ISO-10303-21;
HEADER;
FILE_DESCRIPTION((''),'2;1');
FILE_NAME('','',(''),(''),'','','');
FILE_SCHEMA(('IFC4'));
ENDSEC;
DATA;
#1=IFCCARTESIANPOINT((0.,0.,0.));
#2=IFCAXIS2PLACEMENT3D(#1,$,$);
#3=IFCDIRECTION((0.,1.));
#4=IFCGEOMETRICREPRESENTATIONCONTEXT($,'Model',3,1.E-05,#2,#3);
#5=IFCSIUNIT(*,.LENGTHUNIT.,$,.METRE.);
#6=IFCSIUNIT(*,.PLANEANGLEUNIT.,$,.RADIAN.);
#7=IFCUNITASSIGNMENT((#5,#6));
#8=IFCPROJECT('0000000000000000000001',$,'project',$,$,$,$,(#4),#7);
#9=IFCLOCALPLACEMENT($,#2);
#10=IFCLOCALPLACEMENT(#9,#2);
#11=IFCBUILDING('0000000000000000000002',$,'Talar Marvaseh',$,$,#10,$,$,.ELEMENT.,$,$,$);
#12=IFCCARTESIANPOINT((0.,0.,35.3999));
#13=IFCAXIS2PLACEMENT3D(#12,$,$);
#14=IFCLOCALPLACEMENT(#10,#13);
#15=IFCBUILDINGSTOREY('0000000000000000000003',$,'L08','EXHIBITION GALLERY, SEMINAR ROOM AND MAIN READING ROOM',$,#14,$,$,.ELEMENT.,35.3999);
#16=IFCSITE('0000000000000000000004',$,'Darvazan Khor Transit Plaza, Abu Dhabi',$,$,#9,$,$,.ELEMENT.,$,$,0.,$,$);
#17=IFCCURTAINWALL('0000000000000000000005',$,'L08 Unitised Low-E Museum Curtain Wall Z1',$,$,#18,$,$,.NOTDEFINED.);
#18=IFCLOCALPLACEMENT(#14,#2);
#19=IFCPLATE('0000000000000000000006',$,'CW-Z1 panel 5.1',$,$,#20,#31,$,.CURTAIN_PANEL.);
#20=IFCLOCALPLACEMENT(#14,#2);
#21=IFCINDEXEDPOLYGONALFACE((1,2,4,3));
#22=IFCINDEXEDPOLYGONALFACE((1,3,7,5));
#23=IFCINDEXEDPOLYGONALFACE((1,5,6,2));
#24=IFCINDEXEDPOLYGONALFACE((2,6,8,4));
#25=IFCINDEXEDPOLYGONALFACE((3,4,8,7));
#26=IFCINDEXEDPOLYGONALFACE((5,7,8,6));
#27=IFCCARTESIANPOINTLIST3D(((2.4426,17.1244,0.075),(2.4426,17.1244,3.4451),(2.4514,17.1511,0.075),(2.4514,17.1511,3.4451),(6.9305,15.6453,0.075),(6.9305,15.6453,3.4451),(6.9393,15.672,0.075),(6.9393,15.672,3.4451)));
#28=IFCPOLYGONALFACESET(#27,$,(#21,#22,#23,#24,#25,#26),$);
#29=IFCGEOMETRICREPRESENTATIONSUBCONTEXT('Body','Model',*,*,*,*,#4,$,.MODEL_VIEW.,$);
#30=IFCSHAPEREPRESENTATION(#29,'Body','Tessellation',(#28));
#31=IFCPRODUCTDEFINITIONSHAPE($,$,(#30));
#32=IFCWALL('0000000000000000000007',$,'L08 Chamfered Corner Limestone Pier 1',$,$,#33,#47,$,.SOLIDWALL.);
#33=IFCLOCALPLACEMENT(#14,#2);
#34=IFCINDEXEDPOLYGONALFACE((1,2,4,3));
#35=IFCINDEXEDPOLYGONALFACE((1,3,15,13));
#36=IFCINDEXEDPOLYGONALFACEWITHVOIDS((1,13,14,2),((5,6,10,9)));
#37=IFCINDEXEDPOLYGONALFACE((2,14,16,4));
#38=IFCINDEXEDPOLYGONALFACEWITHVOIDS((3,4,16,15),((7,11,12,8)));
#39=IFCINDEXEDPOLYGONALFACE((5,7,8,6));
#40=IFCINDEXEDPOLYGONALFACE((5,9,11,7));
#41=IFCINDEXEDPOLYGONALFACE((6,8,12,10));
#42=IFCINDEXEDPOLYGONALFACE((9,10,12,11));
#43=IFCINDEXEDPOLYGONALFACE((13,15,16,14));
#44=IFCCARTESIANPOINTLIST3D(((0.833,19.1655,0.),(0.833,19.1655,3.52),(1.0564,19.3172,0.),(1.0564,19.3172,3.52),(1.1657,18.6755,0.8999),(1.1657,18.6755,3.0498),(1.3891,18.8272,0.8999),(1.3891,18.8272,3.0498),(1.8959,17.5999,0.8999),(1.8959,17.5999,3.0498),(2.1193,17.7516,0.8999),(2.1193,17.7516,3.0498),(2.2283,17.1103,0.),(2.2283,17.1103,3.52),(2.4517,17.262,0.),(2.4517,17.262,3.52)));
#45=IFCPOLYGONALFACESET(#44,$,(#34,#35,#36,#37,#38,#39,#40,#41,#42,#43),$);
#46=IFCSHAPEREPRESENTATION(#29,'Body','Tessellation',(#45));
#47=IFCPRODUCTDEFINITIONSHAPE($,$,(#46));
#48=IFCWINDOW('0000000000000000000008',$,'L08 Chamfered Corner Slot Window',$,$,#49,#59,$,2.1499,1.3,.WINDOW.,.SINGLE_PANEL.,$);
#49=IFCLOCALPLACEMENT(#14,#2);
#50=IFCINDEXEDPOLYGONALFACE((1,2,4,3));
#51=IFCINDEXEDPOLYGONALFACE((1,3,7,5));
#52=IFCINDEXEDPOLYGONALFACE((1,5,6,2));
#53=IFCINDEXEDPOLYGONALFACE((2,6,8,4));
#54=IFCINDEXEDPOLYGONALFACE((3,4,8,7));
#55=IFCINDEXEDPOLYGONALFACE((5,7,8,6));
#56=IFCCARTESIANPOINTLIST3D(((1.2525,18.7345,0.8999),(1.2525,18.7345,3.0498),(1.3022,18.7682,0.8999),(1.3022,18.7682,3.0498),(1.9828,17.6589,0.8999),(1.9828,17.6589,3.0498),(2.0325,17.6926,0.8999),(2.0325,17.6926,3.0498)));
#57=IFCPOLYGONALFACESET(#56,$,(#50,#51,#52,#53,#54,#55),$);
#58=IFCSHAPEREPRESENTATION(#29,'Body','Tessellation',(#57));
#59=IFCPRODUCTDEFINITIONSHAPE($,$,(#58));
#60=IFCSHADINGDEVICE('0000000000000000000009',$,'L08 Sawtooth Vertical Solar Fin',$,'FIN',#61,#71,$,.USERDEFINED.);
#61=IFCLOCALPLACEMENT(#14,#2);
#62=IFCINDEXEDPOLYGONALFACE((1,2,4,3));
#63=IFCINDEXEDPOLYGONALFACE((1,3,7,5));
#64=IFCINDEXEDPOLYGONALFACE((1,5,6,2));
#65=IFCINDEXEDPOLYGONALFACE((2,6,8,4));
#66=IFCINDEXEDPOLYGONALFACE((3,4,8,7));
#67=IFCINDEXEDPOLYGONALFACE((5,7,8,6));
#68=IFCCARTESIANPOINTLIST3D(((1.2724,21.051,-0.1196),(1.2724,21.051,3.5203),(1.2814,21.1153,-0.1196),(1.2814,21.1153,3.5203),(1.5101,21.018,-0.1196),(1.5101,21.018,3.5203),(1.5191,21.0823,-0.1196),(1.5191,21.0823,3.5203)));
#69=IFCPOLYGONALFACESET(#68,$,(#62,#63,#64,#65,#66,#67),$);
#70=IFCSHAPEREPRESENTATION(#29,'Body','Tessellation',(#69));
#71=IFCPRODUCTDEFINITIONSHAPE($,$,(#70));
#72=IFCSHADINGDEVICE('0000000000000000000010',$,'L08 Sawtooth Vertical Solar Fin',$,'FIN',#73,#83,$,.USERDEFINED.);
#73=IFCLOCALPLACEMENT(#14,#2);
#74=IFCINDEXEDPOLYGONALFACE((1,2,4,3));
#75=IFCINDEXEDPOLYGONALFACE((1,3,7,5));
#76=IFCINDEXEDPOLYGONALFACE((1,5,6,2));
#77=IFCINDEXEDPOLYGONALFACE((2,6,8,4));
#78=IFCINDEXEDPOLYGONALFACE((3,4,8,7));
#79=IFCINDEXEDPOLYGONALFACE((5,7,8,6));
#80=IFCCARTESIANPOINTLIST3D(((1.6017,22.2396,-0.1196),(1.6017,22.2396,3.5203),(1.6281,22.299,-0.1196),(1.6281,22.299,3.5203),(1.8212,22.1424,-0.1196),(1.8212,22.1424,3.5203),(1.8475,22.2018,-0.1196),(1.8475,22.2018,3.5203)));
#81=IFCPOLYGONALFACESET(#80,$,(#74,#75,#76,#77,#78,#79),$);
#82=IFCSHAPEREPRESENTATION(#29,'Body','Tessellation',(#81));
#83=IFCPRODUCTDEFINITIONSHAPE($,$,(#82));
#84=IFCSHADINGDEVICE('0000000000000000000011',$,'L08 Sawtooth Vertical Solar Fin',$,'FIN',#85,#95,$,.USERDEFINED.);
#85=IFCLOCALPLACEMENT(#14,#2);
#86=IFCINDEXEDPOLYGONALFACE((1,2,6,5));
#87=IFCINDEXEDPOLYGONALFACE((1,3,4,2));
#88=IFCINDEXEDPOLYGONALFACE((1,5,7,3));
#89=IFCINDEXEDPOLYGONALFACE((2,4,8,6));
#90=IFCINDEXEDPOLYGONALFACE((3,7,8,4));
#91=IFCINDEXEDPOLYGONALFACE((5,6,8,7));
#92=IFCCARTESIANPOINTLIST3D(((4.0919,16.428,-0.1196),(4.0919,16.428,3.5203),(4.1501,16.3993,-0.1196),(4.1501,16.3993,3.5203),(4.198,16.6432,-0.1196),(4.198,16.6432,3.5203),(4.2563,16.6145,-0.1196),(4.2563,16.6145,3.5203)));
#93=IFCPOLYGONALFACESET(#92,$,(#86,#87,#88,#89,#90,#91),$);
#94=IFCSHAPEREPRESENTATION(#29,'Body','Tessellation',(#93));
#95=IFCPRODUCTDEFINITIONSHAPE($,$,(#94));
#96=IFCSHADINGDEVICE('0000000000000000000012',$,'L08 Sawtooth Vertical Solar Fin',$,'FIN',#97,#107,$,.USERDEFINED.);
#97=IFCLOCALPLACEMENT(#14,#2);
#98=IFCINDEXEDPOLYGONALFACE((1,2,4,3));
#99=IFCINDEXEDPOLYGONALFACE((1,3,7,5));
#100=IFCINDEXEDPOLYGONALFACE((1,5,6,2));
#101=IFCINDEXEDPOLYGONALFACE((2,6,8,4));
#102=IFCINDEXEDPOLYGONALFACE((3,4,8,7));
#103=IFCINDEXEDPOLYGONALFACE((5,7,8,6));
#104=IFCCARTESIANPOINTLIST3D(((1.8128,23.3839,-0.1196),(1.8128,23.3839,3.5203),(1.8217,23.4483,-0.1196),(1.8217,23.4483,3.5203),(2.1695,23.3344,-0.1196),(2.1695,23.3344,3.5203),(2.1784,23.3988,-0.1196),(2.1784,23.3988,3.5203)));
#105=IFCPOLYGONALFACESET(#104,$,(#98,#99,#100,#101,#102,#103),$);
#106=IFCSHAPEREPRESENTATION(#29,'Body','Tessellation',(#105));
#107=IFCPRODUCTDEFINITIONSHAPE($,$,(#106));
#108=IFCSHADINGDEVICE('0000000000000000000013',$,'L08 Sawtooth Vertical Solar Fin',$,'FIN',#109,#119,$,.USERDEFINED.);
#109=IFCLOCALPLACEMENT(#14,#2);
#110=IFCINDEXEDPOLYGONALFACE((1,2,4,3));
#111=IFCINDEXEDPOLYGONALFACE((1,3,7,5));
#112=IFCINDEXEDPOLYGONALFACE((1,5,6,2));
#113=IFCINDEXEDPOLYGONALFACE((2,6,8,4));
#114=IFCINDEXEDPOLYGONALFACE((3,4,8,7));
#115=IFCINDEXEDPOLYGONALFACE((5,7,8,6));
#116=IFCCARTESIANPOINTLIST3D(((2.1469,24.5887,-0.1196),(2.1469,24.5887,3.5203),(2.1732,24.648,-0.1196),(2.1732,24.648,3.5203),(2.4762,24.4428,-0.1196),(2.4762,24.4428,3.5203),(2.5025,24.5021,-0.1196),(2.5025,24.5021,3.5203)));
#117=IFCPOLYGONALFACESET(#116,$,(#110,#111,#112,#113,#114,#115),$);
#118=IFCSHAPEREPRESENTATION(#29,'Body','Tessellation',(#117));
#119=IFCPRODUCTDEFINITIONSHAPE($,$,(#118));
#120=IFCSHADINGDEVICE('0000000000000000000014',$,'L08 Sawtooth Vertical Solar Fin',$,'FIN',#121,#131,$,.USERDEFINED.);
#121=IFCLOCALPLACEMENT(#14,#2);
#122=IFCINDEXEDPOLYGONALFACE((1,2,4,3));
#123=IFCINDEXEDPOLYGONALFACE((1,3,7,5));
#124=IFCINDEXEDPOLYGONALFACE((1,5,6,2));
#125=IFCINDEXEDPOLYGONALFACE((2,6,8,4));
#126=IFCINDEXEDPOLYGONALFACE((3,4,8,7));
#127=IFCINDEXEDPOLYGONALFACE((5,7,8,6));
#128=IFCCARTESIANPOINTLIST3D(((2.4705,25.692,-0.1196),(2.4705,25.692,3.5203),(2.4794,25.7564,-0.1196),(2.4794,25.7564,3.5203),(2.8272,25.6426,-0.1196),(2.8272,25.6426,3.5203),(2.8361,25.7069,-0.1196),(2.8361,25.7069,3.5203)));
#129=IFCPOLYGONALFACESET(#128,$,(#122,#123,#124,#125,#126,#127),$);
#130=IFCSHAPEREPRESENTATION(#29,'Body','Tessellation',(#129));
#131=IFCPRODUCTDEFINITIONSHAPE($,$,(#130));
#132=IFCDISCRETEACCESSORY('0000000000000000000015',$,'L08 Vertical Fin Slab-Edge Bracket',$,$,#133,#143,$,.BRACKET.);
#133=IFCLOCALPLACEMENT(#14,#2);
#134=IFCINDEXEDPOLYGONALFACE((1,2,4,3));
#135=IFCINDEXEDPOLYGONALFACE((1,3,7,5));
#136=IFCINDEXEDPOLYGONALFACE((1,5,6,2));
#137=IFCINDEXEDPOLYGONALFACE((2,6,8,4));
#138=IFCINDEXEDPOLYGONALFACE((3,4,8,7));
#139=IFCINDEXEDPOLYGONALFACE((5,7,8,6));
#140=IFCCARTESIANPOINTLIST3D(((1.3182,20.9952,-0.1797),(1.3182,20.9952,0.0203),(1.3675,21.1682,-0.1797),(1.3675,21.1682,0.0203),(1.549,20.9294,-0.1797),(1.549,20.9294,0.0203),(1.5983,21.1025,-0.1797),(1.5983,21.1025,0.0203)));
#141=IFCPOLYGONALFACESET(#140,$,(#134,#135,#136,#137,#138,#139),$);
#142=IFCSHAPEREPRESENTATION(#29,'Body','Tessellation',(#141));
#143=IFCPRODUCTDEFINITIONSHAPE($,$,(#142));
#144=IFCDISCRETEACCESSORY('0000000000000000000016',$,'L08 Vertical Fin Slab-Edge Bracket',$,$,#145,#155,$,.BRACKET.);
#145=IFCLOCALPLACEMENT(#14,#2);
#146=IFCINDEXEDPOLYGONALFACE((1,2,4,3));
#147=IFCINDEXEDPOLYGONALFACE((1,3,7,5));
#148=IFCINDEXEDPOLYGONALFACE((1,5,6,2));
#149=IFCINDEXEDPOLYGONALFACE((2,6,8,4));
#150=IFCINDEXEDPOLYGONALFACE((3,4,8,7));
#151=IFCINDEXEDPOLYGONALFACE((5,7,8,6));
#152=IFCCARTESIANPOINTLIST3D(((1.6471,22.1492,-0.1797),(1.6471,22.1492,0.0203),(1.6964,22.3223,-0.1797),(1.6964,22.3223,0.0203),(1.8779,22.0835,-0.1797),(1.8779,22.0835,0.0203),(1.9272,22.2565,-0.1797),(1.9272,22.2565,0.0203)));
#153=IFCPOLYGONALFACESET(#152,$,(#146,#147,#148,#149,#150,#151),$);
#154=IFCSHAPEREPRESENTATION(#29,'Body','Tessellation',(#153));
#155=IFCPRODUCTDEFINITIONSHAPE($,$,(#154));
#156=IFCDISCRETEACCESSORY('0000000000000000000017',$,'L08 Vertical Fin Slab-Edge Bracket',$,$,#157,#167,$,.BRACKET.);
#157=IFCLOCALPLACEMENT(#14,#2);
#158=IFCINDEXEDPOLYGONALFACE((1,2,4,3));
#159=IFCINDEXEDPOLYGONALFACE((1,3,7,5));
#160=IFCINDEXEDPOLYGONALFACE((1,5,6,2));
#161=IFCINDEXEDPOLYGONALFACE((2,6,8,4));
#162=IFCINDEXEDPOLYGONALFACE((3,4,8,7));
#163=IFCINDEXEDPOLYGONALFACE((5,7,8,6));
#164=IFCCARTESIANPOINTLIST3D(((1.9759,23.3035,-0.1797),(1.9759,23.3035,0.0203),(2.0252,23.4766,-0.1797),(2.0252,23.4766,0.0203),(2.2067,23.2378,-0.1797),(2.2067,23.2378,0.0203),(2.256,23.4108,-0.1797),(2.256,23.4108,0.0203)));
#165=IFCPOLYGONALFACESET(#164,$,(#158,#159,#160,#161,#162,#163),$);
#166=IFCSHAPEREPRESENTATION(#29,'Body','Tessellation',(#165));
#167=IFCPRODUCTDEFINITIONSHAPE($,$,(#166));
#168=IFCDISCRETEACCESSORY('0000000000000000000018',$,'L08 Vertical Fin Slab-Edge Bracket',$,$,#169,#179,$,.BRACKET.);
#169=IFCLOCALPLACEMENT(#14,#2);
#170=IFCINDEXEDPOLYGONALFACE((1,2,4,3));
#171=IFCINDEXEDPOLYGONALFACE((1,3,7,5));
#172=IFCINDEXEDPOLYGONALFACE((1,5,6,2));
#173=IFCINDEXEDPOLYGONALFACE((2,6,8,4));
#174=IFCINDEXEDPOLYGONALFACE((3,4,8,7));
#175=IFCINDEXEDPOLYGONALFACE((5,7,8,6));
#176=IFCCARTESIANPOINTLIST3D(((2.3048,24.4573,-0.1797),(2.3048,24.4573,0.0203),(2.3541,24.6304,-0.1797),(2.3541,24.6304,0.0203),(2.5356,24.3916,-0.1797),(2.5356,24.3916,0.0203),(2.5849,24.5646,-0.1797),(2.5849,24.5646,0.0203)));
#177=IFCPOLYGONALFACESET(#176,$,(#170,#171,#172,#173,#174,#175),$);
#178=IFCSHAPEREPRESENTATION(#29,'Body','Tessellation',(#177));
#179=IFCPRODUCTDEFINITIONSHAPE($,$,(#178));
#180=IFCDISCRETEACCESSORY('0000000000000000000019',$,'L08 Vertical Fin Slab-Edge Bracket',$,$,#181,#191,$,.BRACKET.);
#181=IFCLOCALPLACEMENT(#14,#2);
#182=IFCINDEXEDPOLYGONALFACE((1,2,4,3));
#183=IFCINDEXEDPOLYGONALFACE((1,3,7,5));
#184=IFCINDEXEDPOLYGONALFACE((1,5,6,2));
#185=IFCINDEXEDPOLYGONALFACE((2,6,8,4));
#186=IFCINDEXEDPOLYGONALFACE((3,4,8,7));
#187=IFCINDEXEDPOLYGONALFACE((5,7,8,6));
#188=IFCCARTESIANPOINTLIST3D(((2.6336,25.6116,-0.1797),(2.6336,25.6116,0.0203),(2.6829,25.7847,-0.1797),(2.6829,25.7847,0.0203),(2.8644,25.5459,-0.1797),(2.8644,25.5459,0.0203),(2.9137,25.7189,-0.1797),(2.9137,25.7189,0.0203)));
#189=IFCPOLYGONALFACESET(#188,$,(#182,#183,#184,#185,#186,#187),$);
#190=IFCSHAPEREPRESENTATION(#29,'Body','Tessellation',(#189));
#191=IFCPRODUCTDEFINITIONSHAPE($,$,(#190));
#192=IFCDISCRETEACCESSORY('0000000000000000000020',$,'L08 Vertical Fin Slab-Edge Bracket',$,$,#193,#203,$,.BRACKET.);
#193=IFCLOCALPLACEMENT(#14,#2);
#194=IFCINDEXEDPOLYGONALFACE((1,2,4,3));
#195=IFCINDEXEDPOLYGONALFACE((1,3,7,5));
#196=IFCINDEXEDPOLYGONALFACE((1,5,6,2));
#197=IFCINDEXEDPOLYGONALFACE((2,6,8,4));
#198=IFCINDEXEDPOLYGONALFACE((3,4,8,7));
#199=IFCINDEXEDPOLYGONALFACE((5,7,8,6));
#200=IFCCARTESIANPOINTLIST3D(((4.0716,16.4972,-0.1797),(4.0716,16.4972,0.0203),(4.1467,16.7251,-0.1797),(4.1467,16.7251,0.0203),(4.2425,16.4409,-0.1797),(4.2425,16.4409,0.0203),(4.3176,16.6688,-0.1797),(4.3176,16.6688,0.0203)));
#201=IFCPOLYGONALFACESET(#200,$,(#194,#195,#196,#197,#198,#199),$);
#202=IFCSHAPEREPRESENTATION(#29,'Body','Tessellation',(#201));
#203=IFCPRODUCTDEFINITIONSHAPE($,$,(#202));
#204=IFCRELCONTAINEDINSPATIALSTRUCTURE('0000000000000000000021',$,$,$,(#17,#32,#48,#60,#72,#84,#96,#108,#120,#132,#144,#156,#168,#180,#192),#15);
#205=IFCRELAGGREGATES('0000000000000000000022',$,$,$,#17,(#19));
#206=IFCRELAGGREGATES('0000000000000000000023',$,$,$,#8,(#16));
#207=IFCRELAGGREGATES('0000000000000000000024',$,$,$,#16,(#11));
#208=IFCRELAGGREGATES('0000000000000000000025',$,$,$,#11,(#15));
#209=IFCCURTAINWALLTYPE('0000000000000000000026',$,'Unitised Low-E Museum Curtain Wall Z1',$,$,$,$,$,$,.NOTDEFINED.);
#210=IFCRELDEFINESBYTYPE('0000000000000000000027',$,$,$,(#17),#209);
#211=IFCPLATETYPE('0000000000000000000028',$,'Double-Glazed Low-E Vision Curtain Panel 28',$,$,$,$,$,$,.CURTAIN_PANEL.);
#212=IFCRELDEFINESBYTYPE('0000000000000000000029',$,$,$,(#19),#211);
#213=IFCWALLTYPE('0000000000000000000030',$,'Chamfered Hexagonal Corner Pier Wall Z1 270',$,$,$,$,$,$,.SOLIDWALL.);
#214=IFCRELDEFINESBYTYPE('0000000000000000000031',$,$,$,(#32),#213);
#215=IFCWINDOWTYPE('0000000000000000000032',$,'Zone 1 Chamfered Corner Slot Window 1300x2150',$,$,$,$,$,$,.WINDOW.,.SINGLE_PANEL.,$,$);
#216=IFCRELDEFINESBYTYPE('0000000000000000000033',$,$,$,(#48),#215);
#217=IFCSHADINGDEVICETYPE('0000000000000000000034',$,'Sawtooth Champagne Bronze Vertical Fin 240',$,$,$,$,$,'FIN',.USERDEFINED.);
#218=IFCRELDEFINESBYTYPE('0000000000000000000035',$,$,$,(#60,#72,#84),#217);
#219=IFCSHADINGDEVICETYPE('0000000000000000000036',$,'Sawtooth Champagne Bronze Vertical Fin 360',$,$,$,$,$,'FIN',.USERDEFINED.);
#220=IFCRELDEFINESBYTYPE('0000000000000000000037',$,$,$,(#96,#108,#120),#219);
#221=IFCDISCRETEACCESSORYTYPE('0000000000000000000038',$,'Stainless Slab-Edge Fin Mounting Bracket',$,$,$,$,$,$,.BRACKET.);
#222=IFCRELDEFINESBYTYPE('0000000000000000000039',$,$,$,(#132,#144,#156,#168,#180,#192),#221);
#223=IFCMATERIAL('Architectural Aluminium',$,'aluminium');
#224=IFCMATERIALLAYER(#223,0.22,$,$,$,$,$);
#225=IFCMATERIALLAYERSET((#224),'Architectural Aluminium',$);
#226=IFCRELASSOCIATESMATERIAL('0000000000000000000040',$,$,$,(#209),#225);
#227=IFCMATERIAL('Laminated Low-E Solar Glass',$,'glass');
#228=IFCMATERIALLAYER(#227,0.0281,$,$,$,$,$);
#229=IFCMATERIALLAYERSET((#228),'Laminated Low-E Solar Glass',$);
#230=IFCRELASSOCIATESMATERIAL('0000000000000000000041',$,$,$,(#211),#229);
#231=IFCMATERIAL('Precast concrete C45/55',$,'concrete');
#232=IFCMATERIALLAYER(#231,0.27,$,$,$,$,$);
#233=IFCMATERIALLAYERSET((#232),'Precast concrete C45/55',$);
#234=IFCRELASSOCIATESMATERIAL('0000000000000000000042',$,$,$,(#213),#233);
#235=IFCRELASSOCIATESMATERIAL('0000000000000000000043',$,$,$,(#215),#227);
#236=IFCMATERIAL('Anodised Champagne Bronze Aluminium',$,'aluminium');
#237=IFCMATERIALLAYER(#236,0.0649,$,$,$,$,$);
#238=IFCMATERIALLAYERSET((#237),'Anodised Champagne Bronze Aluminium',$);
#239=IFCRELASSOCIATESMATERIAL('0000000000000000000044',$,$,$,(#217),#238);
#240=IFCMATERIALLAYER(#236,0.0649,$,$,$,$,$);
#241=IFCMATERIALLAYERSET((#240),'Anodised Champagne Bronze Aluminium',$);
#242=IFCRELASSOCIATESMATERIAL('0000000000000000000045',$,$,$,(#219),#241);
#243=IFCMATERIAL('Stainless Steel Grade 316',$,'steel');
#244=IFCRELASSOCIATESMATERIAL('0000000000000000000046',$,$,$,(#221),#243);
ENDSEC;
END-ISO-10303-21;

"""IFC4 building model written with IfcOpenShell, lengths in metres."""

from ifc_helpers import new_model, si_unit, direction, frame, frame_2d, origin, origin_2d, place, context, subcontext, project, spatial, rectangle, extrude, source, transform, mapped, material, layer, layer_set, type_object, type_shapes, element, fill, aggregate, save


model = new_model("IFC4")

# Units and contexts
model_context = context("Model", 3, precision=1e-05, world=origin(), true_north=direction((0.0, 1.0)))
body_context = subcontext(model_context, "Body", "Model", "MODEL_VIEW")
ifc_project = project(units=[si_unit("LENGTHUNIT", "METRE"), si_unit("PLANEANGLEUNIT", "RADIAN")], contexts=[model_context])

# Site, building, storey
site_placement = place(None, origin())
site = spatial("IfcSite", under=ifc_project, at=site_placement, Name="Darvazan Khor Transit Plaza, Abu Dhabi", CompositionType="ELEMENT", RefElevation=0.0)
building_placement = place(site_placement, origin())
building = spatial("IfcBuilding", under=site, at=building_placement, Name="Talar Marvaseh", CompositionType="ELEMENT")
storey_placement = place(building_placement, frame((0.0, 0.0, 35.3999)))
storey = spatial("IfcBuildingStorey", under=building, at=storey_placement, Name="L08", Description="EXHIBITION GALLERY, SEMINAR ROOM AND MAIN READING ROOM", CompositionType="ELEMENT", Elevation=35.3999)

# Shared definitions
ifc_material_1 = material(Name="Architectural Aluminium", Category="aluminium")
ifc_layer_1 = layer(ifc_material_1, 0.22)
ifc_layer_set_1 = layer_set([ifc_layer_1], Name="Architectural Aluminium")
curtain_wall_type = type_object("IfcCurtainWallType", Name="Unitised Low-E Museum Curtain Wall Z1", PredefinedType="NOTDEFINED", material=ifc_layer_set_1)

# Curtain wall
curtain_wall_1_placement = place(storey_placement, origin())
curtain_wall_1 = element("IfcCurtainWall", 1, at=curtain_wall_1_placement, inside=storey, type_object=curtain_wall_type, Name="L08 Unitised Low-E Museum Curtain Wall Z1", PredefinedType="NOTDEFINED")

# Plate
ifc_material_2 = material(Name="Laminated Low-E Solar Glass", Category="glass")
ifc_layer_2 = layer(ifc_material_2, 0.0281)
ifc_layer_set_2 = layer_set([ifc_layer_2], Name="Laminated Low-E Solar Glass")
plate_type = type_object("IfcPlateType", Name="Double-Glazed Low-E Vision Curtain Panel 28", PredefinedType="CURTAIN_PANEL", material=ifc_layer_set_2)
shared_shape_1 = source(origin(), body_context, "Body", "SweptSolid", [
    extrude(rectangle(XDim=4.7253, YDim=0.0281, at=origin_2d()), origin(), (0.0, 0.0, 1.0), 3.3701),
])
plate_1_placement = place(storey_placement, frame((4.6909, 16.3982, 0.075), z_axis=(0.0, 0.0, 1.0), x_axis=(-0.949747, 0.313019, 0.0)))
plate_1 = element("IfcPlate", 2, at=plate_1_placement, type_object=plate_type, Name="CW-Z1 panel 5.1", PredefinedType="CURTAIN_PANEL", context=body_context, shape_type="MappedRepresentation", body=[
    mapped(shared_shape_1, transform((0.0, 0.0, 0.0), x_axis=(1.0, 0.0, 0.0), y_axis=(0.0, 1.0, 0.0), z_axis=(0.0, 0.0, 1.0), scale=1.0)),
])
aggregate(curtain_wall_1, [plate_1])

# Wall, opening, window
ifc_material_3 = material(Name="Precast concrete C45/55", Category="concrete")
ifc_layer_3 = layer(ifc_material_3, 0.27)
ifc_layer_set_3 = layer_set([ifc_layer_3], Name="Precast concrete C45/55")
wall_type = type_object("IfcWallType", Name="Chamfered Hexagonal Corner Pier Wall Z1 270", PredefinedType="SOLIDWALL", material=ifc_layer_set_3)
wall_placement = place(storey_placement, frame((2.3401, 17.186, 0.0), z_axis=(0.0, 0.0, 1.0), x_axis=(-0.561689, 0.827349, 0.0)))
wall = element("IfcWall", 3, at=wall_placement, inside=storey, type_object=wall_type, Name="L08 Chamfered Corner Limestone Pier 1", PredefinedType="SOLIDWALL", context=body_context, shape_type="SweptSolid", body=[
    extrude(rectangle(XDim=2.4841, YDim=0.27, at=frame_2d((1.2422, 0.0))), origin(), (0.0, 0.0, 1.0), 3.52),
])
opening_placement = place(wall_placement, frame((0.592, 0.0, 0.8999)))
opening = element("IfcOpeningElement", 4, at=opening_placement, cuts=wall, PredefinedType="OPENING", context=body_context, shape_type="SweptSolid", body=[
    extrude(rectangle(XDim=1.3, YDim=2.1499, at=frame_2d((0.6499, 1.075))), frame((0.0, 0.145, 0.0), z_axis=(0.0, -1.0, 0.0), x_axis=(1.0, 0.0, 0.0)), (0.0, 0.0, 1.0), 0.29),
])
window_type = type_object("IfcWindowType", Name="Zone 1 Chamfered Corner Slot Window 1300x2150", PartitioningType="SINGLE_PANEL", PredefinedType="WINDOW", material=ifc_material_2)
shared_shape_2 = source(origin(), body_context, "Body", "SweptSolid", [
    extrude(rectangle(XDim=1.3, YDim=2.1499, at=frame_2d((0.6499, 1.075))), frame((0.0, 0.03, 0.0), z_axis=(0.0, -1.0, 0.0), x_axis=(1.0, 0.0, 0.0)), (0.0, 0.0, 1.0), 0.0601),
])
type_shapes(window_type, [shared_shape_2])
window_placement = place(opening_placement, origin())
window = element("IfcWindow", 5, at=window_placement, inside=storey, type_object=window_type, Name="L08 Chamfered Corner Slot Window", OverallHeight=2.1499, OverallWidth=1.3, PartitioningType="SINGLE_PANEL", PredefinedType="WINDOW", context=body_context, shape_type="MappedRepresentation", body=[
    mapped(shared_shape_2, transform((0.0, 0.0, 0.0), x_axis=(1.0, 0.0, 0.0), y_axis=(0.0, 1.0, 0.0), z_axis=(0.0, 0.0, 1.0), scale=1.0)),
])
fill(opening, window)

# Shading devices
ifc_material_4 = material(Name="Anodised Champagne Bronze Aluminium", Category="aluminium")
ifc_layer_4 = layer(ifc_material_4, 0.0649)
ifc_layer_set_4 = layer_set([ifc_layer_4], Name="Anodised Champagne Bronze Aluminium")
shading_device_type_1 = type_object("IfcShadingDeviceType", Name="Sawtooth Champagne Bronze Vertical Fin 240", ElementType="FIN", PredefinedType="USERDEFINED", material=ifc_layer_set_4)
shared_shape_3 = source(origin(), body_context, "Body", "SweptSolid", [
    extrude(rectangle(XDim=0.24, YDim=0.0649, at=origin_2d()), origin(), (0.0, 0.0, 1.0), 3.6399),
])
type_shapes(shading_device_type_1, [shared_shape_3])
for number, where, z_axis, x_axis, name in (
    (6, (1.3958, 21.0667, -0.1196), (0.0, 0.0, 1.0), (-0.990509, 0.137445, 0.0), "L08 Sawtooth Vertical Solar Fin"),
    (7, (1.7246, 22.2207, -0.1196), (0.0, 0.0, 1.0), (-0.914254, 0.405142, 0.0), "L08 Sawtooth Vertical Solar Fin"),
    (8, (4.1741, 16.5212, -0.1196), (0.0, 0.0, 1.0), (-0.442132, -0.89695, 0.0), "L08 Sawtooth Vertical Solar Fin"),
):
    element("IfcShadingDevice", number, at=place(storey_placement, frame(where, z_axis=z_axis, x_axis=x_axis)), inside=storey, type_object=shading_device_type_1, Name=name, ObjectType="FIN", PredefinedType="USERDEFINED", context=body_context, shape_type="MappedRepresentation", body=[
        mapped(shared_shape_3, transform((0.0, 0.0, 0.0), x_axis=(1.0, 0.0, 0.0), y_axis=(0.0, 1.0, 0.0), z_axis=(0.0, 0.0, 1.0), scale=1.0)),
    ])
ifc_layer_5 = layer(ifc_material_4, 0.0649)
ifc_layer_set_5 = layer_set([ifc_layer_5], Name="Anodised Champagne Bronze Aluminium")
shading_device_type_2 = type_object("IfcShadingDeviceType", Name="Sawtooth Champagne Bronze Vertical Fin 360", ElementType="FIN", PredefinedType="USERDEFINED", material=ifc_layer_set_5)
shared_shape_4 = source(origin(), body_context, "Body", "SweptSolid", [
    extrude(rectangle(XDim=0.3601, YDim=0.0649, at=origin_2d()), origin(), (0.0, 0.0, 1.0), 3.6399),
])
type_shapes(shading_device_type_2, [shared_shape_4])
for number, where, z_axis, x_axis, name in (
    (9, (1.9956, 23.3914, -0.1196), (0.0, 0.0, 1.0), (-0.990509, 0.137445, 0.0), "L08 Sawtooth Vertical Solar Fin"),
    (10, (2.3247, 24.5454, -0.1196), (0.0, 0.0, 1.0), (-0.914254, 0.405142, 0.0), "L08 Sawtooth Vertical Solar Fin"),
    (11, (2.6533, 25.6995, -0.1196), (0.0, 0.0, 1.0), (-0.990509, 0.137445, 0.0), "L08 Sawtooth Vertical Solar Fin"),
):
    element("IfcShadingDevice", number, at=place(storey_placement, frame(where, z_axis=z_axis, x_axis=x_axis)), inside=storey, type_object=shading_device_type_2, Name=name, ObjectType="FIN", PredefinedType="USERDEFINED", context=body_context, shape_type="MappedRepresentation", body=[
        mapped(shared_shape_4, transform((0.0, 0.0, 0.0), x_axis=(1.0, 0.0, 0.0), y_axis=(0.0, 1.0, 0.0), z_axis=(0.0, 0.0, 1.0), scale=1.0)),
    ])

# Discrete accessories
ifc_material_5 = material(Name="Stainless Steel Grade 316", Category="steel")
discrete_accessory_type = type_object("IfcDiscreteAccessoryType", Name="Stainless Slab-Edge Fin Mounting Bracket", PredefinedType="BRACKET", material=ifc_material_5)
shared_shape_5 = source(origin(), body_context, "Body", "SweptSolid", [
    extrude(rectangle(XDim=0.24, YDim=0.1799, at=origin_2d()), origin(), (0.0, 0.0, 1.0), 0.2),
])
type_shapes(discrete_accessory_type, [shared_shape_5])
for number, where, z_axis, x_axis, name in (
    (12, (1.4583, 21.0488, -0.1797), (0.0, 0.0, 1.0), (-0.961741, 0.273959, 0.0), "L08 Vertical Fin Slab-Edge Bracket"),
    (13, (1.7871, 22.2029, -0.1797), (0.0, 0.0, 1.0), (-0.961741, 0.273959, 0.0), "L08 Vertical Fin Slab-Edge Bracket"),
    (14, (2.116, 23.3572, -0.1797), (0.0, 0.0, 1.0), (-0.961741, 0.273959, 0.0), "L08 Vertical Fin Slab-Edge Bracket"),
    (15, (2.4448, 24.511, -0.1797), (0.0, 0.0, 1.0), (-0.961741, 0.273959, 0.0), "L08 Vertical Fin Slab-Edge Bracket"),
    (16, (2.7737, 25.6653, -0.1797), (0.0, 0.0, 1.0), (-0.961741, 0.273959, 0.0), "L08 Vertical Fin Slab-Edge Bracket"),
    (17, (4.1946, 16.583, -0.1797), (0.0, 0.0, 1.0), (-0.312998, -0.949754, 0.0), "L08 Vertical Fin Slab-Edge Bracket"),
):
    element("IfcDiscreteAccessory", number, at=place(storey_placement, frame(where, z_axis=z_axis, x_axis=x_axis)), inside=storey, type_object=discrete_accessory_type, Name=name, PredefinedType="BRACKET", context=body_context, shape_type="MappedRepresentation", body=[
        mapped(shared_shape_5, transform((0.0, 0.0, 0.0), x_axis=(1.0, 0.0, 0.0), y_axis=(0.0, 1.0, 0.0), z_axis=(0.0, 0.0, 1.0), scale=1.0)),
    ])

save(model, "model.ifc")
